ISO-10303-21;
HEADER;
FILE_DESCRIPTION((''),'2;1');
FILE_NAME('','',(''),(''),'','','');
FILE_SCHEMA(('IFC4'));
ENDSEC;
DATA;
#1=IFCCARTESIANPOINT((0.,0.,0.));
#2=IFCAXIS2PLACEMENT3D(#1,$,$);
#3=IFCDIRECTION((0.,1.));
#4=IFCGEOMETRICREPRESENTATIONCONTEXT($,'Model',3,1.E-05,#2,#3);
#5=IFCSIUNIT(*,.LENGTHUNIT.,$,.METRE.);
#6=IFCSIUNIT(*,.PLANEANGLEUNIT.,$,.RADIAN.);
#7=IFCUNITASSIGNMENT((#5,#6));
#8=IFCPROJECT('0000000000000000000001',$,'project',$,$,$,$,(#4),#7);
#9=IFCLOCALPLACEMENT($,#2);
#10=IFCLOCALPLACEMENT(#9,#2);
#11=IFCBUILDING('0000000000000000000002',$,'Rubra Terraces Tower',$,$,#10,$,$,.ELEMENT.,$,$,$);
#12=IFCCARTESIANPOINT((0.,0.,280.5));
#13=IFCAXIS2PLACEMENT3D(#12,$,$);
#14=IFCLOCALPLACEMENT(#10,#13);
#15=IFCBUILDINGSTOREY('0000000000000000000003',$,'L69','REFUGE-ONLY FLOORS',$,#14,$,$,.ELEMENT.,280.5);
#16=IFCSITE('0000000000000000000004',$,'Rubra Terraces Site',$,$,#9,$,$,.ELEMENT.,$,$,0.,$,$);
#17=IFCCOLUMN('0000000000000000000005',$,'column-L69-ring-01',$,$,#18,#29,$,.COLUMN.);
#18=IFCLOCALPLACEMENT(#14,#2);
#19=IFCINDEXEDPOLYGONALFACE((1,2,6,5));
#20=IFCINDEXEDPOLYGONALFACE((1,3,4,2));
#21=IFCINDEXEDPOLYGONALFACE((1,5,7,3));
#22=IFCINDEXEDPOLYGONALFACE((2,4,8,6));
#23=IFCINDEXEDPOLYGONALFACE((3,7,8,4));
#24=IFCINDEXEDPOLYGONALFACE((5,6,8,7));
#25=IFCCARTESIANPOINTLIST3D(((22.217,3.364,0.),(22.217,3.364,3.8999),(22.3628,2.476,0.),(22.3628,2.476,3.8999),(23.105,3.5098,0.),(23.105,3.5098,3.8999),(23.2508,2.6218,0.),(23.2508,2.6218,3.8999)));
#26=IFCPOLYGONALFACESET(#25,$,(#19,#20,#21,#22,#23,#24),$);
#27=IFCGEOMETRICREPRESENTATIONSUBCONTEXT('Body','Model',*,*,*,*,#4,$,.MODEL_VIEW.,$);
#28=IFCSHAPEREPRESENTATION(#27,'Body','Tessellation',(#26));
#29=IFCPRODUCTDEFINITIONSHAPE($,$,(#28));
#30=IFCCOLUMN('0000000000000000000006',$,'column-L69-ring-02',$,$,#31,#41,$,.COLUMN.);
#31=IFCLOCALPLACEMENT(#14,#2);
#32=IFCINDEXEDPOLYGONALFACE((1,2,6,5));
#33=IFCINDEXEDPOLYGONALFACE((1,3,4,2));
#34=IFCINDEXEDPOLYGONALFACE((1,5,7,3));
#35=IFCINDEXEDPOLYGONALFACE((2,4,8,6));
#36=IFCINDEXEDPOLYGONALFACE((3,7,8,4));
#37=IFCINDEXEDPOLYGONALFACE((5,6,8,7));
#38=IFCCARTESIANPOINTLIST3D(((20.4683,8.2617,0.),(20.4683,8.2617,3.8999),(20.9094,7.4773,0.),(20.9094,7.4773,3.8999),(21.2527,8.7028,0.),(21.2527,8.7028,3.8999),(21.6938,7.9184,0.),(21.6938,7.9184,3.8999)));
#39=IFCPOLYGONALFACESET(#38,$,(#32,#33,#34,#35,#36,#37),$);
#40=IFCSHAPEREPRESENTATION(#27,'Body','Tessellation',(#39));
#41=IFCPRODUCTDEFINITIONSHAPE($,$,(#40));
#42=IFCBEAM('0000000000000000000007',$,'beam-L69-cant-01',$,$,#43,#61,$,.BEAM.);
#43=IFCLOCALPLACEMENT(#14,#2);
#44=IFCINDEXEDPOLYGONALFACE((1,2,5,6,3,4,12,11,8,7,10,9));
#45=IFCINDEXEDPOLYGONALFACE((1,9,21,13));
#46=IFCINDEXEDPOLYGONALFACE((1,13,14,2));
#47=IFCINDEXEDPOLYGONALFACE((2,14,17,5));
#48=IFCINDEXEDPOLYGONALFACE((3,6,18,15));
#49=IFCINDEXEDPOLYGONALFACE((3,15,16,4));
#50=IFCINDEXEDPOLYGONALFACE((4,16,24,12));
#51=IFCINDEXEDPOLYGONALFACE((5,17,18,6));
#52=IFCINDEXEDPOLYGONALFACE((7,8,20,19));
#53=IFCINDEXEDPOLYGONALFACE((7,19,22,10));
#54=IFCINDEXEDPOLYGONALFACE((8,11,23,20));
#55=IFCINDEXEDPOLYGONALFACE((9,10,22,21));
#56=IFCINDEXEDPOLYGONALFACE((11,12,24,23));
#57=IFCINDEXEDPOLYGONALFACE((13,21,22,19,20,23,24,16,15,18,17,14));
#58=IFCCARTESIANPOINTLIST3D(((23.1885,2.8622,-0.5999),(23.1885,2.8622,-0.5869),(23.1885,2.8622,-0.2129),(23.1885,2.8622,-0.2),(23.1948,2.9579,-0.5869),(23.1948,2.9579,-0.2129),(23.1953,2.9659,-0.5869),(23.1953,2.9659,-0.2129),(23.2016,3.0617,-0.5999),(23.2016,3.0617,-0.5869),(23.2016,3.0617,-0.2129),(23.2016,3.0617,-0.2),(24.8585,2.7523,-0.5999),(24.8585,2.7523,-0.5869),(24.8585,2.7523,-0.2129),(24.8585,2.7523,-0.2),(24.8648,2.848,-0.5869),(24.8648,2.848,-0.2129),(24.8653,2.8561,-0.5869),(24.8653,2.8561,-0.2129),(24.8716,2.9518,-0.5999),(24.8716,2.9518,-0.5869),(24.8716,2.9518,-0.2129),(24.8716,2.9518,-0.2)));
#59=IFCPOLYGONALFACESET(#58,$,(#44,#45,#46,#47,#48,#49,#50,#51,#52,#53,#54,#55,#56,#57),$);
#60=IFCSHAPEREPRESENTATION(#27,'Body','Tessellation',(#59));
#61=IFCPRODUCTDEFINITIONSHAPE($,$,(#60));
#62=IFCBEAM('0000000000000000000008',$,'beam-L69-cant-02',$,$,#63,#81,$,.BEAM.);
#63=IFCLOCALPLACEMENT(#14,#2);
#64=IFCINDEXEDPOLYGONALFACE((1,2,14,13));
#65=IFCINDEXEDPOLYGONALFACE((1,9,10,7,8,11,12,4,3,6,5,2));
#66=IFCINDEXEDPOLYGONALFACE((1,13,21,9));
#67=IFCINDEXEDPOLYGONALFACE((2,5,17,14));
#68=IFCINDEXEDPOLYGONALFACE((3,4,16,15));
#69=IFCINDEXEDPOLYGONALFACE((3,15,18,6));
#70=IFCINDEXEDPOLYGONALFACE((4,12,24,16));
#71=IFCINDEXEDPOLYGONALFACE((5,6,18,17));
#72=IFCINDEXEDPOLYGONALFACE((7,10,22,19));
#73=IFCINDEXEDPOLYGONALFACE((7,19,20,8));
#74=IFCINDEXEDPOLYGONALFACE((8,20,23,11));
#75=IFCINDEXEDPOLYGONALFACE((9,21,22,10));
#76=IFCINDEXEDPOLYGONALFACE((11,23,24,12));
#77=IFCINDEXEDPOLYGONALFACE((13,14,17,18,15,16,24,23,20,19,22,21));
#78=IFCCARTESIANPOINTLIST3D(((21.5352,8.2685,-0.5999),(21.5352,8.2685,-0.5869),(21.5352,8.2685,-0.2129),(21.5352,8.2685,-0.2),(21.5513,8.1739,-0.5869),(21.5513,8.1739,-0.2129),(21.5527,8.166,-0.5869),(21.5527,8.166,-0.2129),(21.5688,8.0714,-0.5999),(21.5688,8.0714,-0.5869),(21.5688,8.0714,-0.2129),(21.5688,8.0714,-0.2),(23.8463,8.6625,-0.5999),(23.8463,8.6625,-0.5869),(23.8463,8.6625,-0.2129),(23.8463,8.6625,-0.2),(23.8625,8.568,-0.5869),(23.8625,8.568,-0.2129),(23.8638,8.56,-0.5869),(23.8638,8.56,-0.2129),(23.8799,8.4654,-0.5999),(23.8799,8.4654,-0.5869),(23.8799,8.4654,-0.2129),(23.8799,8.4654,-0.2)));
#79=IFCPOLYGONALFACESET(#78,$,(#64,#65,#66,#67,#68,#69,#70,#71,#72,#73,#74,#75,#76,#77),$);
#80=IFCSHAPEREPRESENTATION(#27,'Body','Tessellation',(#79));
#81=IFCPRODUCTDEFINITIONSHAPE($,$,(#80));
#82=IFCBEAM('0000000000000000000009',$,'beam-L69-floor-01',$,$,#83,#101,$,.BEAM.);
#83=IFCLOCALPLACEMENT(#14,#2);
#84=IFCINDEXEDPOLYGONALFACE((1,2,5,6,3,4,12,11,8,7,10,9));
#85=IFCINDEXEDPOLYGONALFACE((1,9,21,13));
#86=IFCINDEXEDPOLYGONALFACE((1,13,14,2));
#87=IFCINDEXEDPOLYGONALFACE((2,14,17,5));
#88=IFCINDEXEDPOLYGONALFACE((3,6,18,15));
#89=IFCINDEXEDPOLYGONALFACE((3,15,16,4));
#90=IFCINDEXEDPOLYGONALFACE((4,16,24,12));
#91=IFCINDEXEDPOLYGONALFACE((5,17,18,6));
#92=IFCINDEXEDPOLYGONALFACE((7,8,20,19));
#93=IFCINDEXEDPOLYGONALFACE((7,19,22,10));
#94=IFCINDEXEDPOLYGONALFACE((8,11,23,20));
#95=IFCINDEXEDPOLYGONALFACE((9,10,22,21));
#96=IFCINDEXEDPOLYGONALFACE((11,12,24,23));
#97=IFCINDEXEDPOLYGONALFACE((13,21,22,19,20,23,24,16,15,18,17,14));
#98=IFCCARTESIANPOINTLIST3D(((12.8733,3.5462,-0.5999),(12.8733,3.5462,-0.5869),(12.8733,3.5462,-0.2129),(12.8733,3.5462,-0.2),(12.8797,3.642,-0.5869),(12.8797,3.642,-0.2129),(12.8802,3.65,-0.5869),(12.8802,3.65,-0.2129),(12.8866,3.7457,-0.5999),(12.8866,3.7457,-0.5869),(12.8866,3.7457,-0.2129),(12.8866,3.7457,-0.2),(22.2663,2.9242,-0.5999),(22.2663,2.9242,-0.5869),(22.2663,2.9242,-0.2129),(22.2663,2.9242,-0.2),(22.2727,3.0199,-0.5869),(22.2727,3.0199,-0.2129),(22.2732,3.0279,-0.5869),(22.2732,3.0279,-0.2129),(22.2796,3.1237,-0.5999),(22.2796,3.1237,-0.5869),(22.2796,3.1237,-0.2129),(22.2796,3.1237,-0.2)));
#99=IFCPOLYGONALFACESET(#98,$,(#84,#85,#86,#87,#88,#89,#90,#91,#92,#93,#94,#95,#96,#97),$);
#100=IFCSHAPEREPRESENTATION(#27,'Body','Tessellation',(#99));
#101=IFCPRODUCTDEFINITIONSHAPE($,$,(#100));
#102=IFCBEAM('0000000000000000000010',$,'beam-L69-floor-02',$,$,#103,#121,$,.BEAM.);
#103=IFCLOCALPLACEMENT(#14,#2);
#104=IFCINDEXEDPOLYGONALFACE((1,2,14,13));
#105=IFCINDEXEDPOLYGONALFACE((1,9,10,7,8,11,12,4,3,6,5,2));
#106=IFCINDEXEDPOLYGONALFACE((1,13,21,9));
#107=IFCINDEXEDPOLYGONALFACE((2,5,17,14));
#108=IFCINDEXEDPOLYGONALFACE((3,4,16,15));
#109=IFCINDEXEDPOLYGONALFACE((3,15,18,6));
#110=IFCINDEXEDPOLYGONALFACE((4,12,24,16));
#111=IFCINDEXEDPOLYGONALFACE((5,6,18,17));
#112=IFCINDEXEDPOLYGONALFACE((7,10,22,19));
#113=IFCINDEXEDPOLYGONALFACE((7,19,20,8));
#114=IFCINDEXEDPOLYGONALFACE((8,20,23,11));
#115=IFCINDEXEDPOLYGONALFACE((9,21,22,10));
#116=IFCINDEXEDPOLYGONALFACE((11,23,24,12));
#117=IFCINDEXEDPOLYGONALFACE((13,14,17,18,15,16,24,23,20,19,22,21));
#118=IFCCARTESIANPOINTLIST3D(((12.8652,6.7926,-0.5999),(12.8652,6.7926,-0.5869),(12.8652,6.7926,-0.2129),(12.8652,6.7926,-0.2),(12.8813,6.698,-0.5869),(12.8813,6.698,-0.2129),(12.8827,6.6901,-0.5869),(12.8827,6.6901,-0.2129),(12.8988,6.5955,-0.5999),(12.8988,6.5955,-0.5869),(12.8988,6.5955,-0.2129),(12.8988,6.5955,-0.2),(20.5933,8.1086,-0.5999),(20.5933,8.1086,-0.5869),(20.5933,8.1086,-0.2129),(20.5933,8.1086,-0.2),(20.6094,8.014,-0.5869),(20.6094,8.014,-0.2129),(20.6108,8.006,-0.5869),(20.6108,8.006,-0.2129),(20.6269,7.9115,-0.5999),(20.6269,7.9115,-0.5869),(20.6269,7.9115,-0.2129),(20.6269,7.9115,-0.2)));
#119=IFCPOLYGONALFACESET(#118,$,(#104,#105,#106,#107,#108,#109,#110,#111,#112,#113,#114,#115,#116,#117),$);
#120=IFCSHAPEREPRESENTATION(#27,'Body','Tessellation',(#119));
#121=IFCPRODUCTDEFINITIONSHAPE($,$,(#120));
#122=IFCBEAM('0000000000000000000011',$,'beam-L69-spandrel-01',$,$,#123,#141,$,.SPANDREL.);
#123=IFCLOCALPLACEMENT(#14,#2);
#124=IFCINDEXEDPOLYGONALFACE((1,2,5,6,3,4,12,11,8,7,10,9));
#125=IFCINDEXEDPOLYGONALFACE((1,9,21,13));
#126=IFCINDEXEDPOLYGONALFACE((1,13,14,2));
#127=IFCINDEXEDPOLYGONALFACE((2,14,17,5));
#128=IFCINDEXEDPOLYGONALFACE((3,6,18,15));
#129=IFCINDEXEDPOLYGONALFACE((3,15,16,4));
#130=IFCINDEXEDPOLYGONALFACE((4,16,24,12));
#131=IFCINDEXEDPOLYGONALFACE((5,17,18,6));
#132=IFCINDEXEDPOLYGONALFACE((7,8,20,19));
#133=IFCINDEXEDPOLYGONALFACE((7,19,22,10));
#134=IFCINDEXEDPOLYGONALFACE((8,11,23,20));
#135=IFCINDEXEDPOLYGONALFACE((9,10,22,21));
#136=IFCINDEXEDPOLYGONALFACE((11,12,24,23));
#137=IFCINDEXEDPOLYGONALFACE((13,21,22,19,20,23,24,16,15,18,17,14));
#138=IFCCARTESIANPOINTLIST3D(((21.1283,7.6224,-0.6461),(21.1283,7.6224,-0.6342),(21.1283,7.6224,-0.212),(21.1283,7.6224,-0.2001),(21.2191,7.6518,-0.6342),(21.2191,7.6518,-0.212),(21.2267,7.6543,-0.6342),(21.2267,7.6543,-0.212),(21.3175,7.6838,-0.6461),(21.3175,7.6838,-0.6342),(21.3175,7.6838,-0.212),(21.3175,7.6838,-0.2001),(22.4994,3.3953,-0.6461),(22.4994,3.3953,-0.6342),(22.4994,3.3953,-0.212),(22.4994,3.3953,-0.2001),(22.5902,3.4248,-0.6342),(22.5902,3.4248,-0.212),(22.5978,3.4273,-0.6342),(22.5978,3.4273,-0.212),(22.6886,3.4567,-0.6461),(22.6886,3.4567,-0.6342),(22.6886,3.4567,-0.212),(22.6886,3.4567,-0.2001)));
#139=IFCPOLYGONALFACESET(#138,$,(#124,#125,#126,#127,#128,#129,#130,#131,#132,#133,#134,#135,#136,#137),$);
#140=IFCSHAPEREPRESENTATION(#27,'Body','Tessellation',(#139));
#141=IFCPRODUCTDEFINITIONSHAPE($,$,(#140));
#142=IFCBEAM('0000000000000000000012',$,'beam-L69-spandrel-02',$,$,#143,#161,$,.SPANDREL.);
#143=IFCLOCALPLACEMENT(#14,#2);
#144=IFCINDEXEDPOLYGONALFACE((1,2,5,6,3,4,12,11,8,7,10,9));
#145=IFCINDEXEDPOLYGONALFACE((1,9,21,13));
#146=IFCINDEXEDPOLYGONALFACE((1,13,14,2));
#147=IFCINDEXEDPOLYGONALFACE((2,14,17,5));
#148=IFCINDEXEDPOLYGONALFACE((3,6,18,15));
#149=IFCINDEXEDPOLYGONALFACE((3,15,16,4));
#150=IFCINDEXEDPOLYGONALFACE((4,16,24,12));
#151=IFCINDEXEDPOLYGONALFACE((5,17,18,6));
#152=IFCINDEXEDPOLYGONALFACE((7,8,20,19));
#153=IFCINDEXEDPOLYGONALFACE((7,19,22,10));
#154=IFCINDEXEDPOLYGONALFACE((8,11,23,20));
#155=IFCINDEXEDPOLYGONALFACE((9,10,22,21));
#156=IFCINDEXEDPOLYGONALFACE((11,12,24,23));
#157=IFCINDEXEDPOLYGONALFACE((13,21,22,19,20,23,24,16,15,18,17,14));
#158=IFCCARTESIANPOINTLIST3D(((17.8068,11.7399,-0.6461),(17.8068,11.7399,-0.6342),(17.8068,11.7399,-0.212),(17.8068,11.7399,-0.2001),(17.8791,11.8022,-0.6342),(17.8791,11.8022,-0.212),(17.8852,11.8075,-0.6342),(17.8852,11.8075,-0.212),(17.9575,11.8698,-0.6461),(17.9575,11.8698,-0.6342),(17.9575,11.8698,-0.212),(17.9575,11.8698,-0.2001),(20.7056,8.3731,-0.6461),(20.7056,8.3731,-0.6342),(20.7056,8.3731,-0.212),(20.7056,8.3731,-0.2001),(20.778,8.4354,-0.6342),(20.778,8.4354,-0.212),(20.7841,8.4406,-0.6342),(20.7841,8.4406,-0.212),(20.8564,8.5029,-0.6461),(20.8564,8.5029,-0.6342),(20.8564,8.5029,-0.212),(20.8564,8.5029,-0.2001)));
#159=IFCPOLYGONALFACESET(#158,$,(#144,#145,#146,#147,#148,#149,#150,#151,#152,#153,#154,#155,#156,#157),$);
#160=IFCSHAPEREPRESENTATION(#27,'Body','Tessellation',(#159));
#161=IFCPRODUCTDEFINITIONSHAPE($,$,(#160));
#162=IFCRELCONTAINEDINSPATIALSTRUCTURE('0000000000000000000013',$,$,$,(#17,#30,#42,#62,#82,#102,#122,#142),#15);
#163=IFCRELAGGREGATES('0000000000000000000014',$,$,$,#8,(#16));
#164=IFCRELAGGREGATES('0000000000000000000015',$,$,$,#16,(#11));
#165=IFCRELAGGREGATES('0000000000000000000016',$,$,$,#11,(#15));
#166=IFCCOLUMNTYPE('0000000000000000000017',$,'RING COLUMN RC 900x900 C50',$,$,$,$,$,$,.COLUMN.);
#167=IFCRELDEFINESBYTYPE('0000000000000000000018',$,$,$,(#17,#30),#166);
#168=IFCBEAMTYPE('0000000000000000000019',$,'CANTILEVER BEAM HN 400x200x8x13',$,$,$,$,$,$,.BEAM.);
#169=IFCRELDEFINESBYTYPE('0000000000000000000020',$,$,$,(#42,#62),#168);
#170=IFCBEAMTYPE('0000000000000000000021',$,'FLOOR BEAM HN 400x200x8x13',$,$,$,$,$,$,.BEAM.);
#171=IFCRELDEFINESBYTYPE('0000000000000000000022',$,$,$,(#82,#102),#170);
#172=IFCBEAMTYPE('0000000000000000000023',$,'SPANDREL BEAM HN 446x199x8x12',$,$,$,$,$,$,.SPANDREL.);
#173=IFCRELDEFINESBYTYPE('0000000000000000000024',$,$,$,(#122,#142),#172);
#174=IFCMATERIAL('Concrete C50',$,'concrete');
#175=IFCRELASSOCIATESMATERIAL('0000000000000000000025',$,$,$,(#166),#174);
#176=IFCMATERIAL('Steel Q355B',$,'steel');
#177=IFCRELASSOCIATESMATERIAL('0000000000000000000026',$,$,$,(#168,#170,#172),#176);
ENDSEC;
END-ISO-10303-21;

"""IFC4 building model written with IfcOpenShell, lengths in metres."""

from ifc_helpers import new_model, si_unit, direction, frame, origin, origin_2d, place, context, subcontext, project, spatial, rectangle, i_section, extrude, material, material_profile, profile_set, type_object, element, save


model = new_model("IFC4")

# Units and contexts
model_context = context("Model", 3, precision=1e-05, world=origin(), true_north=direction((0.0, 1.0)))
body_context = subcontext(model_context, "Body", "Model", "MODEL_VIEW")
ifc_project = project(units=[si_unit("LENGTHUNIT", "METRE"), si_unit("PLANEANGLEUNIT", "RADIAN")], contexts=[model_context])

# Site, building, storey
site_placement = place(None, origin())
site = spatial("IfcSite", under=ifc_project, at=site_placement, Name="Rubra Terraces Site", CompositionType="ELEMENT", RefElevation=0.0)
building_placement = place(site_placement, origin())
building = spatial("IfcBuilding", under=site, at=building_placement, Name="Rubra Terraces Tower", CompositionType="ELEMENT")
storey_placement = place(building_placement, frame((0.0, 0.0, 280.5)))
storey = spatial("IfcBuildingStorey", under=building, at=storey_placement, Name="L69", Description="REFUGE-ONLY FLOORS", CompositionType="ELEMENT", Elevation=280.5)

# Columns
ifc_material_1 = material(Name="Concrete C50", Category="concrete")
ifc_material_profile_1 = material_profile(ifc_material_1, rectangle(XDim=0.8999, YDim=0.8999, at=origin_2d()), Name="RC 900x900")
ifc_profile_set_1 = profile_set([ifc_material_profile_1], Name="Concrete C50")
column_type = type_object("IfcColumnType", Name="RING COLUMN RC 900x900 C50", PredefinedType="COLUMN", material=ifc_profile_set_1)
for number, where, z_axis, x_axis, name in (
    (1, (22.7339, 2.9929, 0.0), (0.0, 0.0, 1.0), (-0.162062, 0.986781, 0.0), "column-L69-ring-01"),
    (2, (21.0811, 8.0901, 0.0), (0.0, 0.0, 1.0), (-0.490162, 0.871631, 0.0), "column-L69-ring-02"),
):
    element("IfcColumn", number, at=place(storey_placement, frame(where, z_axis=z_axis, x_axis=x_axis)), inside=storey, type_object=column_type, Name=name, PredefinedType="COLUMN", context=body_context, shape_type="SweptSolid", body=[
        extrude(rectangle(XDim=0.8999, YDim=0.8999, at=origin_2d()), origin(), (0.0, 0.0, 1.0), 3.8999),
    ])

# Beams
ifc_material_2 = material(Name="Steel Q355B", Category="steel")
ifc_material_profile_2 = material_profile(ifc_material_2, i_section(OverallWidth=0.2, OverallDepth=0.3999, WebThickness=0.0081, FlangeThickness=0.0129, at=origin_2d()), Name="HN 400x200x8x13")
ifc_profile_set_2 = profile_set([ifc_material_profile_2], Name="Steel Q355B")
beam_type_1 = type_object("IfcBeamType", Name="CANTILEVER BEAM HN 400x200x8x13", PredefinedType="BEAM", material=ifc_profile_set_2)
beam_1_placement = place(storey_placement, frame((23.1951, 2.9619, -0.3999), z_axis=(0.997843, -0.065648, 0.0), x_axis=(0.065648, 0.997843, 0.0)))
element("IfcBeam", 3, at=beam_1_placement, inside=storey, type_object=beam_type_1, Name="beam-L69-cant-01", PredefinedType="BEAM", context=body_context, shape_type="SweptSolid", body=[
    extrude(i_section(OverallWidth=0.2, OverallDepth=0.3999, WebThickness=0.0081, FlangeThickness=0.0129, at=origin_2d()), origin(), (0.0, 0.0, 1.0), 1.6736),
])
beam_2_placement = place(storey_placement, frame((21.552, 8.1699, -0.3999), z_axis=(0.985773, 0.168079, 0.0), x_axis=(-0.168079, 0.985773, 0.0)))
element("IfcBeam", 4, at=beam_2_placement, inside=storey, type_object=beam_type_1, Name="beam-L69-cant-02", PredefinedType="BEAM", context=body_context, shape_type="SweptSolid", body=[
    extrude(i_section(OverallWidth=0.2, OverallDepth=0.3999, WebThickness=0.0081, FlangeThickness=0.0129, at=origin_2d()), origin(), (0.0, 0.0, 1.0), 2.3445),
])
ifc_material_profile_3 = material_profile(ifc_material_2, i_section(OverallWidth=0.2, OverallDepth=0.3999, WebThickness=0.0081, FlangeThickness=0.0129, at=origin_2d()), Name="HN 400x200x8x13")
ifc_profile_set_3 = profile_set([ifc_material_profile_3], Name="Steel Q355B")
beam_type_2 = type_object("IfcBeamType", Name="FLOOR BEAM HN 400x200x8x13", PredefinedType="BEAM", material=ifc_profile_set_3)
beam_3_placement = place(storey_placement, frame((22.2729, 3.0239, -0.3999), z_axis=(-0.997814, 0.066082, 0.0), x_axis=(-0.066082, -0.997814, 0.0)))
element("IfcBeam", 5, at=beam_3_placement, inside=storey, type_object=beam_type_2, Name="beam-L69-floor-01", PredefinedType="BEAM", context=body_context, shape_type="SweptSolid", body=[
    extrude(i_section(OverallWidth=0.2, OverallDepth=0.3999, WebThickness=0.0081, FlangeThickness=0.0129, at=origin_2d()), origin(), (0.0, 0.0, 1.0), 9.4136),
])
beam_4_placement = place(storey_placement, frame((20.6101, 8.01, -0.3999), z_axis=(-0.98581, -0.167862, 0.0), x_axis=(0.167862, -0.98581, 0.0)))
element("IfcBeam", 6, at=beam_4_placement, inside=storey, type_object=beam_type_2, Name="beam-L69-floor-02", PredefinedType="BEAM", context=body_context, shape_type="SweptSolid", body=[
    extrude(i_section(OverallWidth=0.2, OverallDepth=0.3999, WebThickness=0.0081, FlangeThickness=0.0129, at=origin_2d()), origin(), (0.0, 0.0, 1.0), 7.8394),
])
ifc_material_profile_4 = material_profile(ifc_material_2, i_section(OverallWidth=0.199, OverallDepth=0.446, WebThickness=0.0081, FlangeThickness=0.012, at=origin_2d()), Name="HN 446x199x8x12")
ifc_profile_set_4 = profile_set([ifc_material_profile_4], Name="Steel Q355B")
beam_type_3 = type_object("IfcBeamType", Name="SPANDREL BEAM HN 446x199x8x12", PredefinedType="SPANDREL", material=ifc_profile_set_4)
beam_5_placement = place(storey_placement, frame((22.594, 3.426, -0.4231), z_axis=(-0.308537, 0.951212, 0.0), x_axis=(-0.951212, -0.308537, 0.0)))
element("IfcBeam", 7, at=beam_5_placement, inside=storey, type_object=beam_type_3, Name="beam-L69-spandrel-01", PredefinedType="SPANDREL", context=body_context, shape_type="SweptSolid", body=[
    extrude(i_section(OverallWidth=0.199, OverallDepth=0.446, WebThickness=0.0081, FlangeThickness=0.012, at=origin_2d()), origin(), (0.0, 0.0, 1.0), 4.4438),
])
beam_6_placement = place(storey_placement, frame((20.781, 8.438, -0.4231), z_axis=(-0.652473, 0.757812, 0.0), x_axis=(-0.757812, -0.652473, 0.0)))
element("IfcBeam", 8, at=beam_6_placement, inside=storey, type_object=beam_type_3, Name="beam-L69-spandrel-02", PredefinedType="SPANDREL", context=body_context, shape_type="SweptSolid", body=[
    extrude(i_section(OverallWidth=0.199, OverallDepth=0.446, WebThickness=0.0081, FlangeThickness=0.012, at=origin_2d()), origin(), (0.0, 0.0, 1.0), 4.4429),
])

save(model, "model.ifc")
